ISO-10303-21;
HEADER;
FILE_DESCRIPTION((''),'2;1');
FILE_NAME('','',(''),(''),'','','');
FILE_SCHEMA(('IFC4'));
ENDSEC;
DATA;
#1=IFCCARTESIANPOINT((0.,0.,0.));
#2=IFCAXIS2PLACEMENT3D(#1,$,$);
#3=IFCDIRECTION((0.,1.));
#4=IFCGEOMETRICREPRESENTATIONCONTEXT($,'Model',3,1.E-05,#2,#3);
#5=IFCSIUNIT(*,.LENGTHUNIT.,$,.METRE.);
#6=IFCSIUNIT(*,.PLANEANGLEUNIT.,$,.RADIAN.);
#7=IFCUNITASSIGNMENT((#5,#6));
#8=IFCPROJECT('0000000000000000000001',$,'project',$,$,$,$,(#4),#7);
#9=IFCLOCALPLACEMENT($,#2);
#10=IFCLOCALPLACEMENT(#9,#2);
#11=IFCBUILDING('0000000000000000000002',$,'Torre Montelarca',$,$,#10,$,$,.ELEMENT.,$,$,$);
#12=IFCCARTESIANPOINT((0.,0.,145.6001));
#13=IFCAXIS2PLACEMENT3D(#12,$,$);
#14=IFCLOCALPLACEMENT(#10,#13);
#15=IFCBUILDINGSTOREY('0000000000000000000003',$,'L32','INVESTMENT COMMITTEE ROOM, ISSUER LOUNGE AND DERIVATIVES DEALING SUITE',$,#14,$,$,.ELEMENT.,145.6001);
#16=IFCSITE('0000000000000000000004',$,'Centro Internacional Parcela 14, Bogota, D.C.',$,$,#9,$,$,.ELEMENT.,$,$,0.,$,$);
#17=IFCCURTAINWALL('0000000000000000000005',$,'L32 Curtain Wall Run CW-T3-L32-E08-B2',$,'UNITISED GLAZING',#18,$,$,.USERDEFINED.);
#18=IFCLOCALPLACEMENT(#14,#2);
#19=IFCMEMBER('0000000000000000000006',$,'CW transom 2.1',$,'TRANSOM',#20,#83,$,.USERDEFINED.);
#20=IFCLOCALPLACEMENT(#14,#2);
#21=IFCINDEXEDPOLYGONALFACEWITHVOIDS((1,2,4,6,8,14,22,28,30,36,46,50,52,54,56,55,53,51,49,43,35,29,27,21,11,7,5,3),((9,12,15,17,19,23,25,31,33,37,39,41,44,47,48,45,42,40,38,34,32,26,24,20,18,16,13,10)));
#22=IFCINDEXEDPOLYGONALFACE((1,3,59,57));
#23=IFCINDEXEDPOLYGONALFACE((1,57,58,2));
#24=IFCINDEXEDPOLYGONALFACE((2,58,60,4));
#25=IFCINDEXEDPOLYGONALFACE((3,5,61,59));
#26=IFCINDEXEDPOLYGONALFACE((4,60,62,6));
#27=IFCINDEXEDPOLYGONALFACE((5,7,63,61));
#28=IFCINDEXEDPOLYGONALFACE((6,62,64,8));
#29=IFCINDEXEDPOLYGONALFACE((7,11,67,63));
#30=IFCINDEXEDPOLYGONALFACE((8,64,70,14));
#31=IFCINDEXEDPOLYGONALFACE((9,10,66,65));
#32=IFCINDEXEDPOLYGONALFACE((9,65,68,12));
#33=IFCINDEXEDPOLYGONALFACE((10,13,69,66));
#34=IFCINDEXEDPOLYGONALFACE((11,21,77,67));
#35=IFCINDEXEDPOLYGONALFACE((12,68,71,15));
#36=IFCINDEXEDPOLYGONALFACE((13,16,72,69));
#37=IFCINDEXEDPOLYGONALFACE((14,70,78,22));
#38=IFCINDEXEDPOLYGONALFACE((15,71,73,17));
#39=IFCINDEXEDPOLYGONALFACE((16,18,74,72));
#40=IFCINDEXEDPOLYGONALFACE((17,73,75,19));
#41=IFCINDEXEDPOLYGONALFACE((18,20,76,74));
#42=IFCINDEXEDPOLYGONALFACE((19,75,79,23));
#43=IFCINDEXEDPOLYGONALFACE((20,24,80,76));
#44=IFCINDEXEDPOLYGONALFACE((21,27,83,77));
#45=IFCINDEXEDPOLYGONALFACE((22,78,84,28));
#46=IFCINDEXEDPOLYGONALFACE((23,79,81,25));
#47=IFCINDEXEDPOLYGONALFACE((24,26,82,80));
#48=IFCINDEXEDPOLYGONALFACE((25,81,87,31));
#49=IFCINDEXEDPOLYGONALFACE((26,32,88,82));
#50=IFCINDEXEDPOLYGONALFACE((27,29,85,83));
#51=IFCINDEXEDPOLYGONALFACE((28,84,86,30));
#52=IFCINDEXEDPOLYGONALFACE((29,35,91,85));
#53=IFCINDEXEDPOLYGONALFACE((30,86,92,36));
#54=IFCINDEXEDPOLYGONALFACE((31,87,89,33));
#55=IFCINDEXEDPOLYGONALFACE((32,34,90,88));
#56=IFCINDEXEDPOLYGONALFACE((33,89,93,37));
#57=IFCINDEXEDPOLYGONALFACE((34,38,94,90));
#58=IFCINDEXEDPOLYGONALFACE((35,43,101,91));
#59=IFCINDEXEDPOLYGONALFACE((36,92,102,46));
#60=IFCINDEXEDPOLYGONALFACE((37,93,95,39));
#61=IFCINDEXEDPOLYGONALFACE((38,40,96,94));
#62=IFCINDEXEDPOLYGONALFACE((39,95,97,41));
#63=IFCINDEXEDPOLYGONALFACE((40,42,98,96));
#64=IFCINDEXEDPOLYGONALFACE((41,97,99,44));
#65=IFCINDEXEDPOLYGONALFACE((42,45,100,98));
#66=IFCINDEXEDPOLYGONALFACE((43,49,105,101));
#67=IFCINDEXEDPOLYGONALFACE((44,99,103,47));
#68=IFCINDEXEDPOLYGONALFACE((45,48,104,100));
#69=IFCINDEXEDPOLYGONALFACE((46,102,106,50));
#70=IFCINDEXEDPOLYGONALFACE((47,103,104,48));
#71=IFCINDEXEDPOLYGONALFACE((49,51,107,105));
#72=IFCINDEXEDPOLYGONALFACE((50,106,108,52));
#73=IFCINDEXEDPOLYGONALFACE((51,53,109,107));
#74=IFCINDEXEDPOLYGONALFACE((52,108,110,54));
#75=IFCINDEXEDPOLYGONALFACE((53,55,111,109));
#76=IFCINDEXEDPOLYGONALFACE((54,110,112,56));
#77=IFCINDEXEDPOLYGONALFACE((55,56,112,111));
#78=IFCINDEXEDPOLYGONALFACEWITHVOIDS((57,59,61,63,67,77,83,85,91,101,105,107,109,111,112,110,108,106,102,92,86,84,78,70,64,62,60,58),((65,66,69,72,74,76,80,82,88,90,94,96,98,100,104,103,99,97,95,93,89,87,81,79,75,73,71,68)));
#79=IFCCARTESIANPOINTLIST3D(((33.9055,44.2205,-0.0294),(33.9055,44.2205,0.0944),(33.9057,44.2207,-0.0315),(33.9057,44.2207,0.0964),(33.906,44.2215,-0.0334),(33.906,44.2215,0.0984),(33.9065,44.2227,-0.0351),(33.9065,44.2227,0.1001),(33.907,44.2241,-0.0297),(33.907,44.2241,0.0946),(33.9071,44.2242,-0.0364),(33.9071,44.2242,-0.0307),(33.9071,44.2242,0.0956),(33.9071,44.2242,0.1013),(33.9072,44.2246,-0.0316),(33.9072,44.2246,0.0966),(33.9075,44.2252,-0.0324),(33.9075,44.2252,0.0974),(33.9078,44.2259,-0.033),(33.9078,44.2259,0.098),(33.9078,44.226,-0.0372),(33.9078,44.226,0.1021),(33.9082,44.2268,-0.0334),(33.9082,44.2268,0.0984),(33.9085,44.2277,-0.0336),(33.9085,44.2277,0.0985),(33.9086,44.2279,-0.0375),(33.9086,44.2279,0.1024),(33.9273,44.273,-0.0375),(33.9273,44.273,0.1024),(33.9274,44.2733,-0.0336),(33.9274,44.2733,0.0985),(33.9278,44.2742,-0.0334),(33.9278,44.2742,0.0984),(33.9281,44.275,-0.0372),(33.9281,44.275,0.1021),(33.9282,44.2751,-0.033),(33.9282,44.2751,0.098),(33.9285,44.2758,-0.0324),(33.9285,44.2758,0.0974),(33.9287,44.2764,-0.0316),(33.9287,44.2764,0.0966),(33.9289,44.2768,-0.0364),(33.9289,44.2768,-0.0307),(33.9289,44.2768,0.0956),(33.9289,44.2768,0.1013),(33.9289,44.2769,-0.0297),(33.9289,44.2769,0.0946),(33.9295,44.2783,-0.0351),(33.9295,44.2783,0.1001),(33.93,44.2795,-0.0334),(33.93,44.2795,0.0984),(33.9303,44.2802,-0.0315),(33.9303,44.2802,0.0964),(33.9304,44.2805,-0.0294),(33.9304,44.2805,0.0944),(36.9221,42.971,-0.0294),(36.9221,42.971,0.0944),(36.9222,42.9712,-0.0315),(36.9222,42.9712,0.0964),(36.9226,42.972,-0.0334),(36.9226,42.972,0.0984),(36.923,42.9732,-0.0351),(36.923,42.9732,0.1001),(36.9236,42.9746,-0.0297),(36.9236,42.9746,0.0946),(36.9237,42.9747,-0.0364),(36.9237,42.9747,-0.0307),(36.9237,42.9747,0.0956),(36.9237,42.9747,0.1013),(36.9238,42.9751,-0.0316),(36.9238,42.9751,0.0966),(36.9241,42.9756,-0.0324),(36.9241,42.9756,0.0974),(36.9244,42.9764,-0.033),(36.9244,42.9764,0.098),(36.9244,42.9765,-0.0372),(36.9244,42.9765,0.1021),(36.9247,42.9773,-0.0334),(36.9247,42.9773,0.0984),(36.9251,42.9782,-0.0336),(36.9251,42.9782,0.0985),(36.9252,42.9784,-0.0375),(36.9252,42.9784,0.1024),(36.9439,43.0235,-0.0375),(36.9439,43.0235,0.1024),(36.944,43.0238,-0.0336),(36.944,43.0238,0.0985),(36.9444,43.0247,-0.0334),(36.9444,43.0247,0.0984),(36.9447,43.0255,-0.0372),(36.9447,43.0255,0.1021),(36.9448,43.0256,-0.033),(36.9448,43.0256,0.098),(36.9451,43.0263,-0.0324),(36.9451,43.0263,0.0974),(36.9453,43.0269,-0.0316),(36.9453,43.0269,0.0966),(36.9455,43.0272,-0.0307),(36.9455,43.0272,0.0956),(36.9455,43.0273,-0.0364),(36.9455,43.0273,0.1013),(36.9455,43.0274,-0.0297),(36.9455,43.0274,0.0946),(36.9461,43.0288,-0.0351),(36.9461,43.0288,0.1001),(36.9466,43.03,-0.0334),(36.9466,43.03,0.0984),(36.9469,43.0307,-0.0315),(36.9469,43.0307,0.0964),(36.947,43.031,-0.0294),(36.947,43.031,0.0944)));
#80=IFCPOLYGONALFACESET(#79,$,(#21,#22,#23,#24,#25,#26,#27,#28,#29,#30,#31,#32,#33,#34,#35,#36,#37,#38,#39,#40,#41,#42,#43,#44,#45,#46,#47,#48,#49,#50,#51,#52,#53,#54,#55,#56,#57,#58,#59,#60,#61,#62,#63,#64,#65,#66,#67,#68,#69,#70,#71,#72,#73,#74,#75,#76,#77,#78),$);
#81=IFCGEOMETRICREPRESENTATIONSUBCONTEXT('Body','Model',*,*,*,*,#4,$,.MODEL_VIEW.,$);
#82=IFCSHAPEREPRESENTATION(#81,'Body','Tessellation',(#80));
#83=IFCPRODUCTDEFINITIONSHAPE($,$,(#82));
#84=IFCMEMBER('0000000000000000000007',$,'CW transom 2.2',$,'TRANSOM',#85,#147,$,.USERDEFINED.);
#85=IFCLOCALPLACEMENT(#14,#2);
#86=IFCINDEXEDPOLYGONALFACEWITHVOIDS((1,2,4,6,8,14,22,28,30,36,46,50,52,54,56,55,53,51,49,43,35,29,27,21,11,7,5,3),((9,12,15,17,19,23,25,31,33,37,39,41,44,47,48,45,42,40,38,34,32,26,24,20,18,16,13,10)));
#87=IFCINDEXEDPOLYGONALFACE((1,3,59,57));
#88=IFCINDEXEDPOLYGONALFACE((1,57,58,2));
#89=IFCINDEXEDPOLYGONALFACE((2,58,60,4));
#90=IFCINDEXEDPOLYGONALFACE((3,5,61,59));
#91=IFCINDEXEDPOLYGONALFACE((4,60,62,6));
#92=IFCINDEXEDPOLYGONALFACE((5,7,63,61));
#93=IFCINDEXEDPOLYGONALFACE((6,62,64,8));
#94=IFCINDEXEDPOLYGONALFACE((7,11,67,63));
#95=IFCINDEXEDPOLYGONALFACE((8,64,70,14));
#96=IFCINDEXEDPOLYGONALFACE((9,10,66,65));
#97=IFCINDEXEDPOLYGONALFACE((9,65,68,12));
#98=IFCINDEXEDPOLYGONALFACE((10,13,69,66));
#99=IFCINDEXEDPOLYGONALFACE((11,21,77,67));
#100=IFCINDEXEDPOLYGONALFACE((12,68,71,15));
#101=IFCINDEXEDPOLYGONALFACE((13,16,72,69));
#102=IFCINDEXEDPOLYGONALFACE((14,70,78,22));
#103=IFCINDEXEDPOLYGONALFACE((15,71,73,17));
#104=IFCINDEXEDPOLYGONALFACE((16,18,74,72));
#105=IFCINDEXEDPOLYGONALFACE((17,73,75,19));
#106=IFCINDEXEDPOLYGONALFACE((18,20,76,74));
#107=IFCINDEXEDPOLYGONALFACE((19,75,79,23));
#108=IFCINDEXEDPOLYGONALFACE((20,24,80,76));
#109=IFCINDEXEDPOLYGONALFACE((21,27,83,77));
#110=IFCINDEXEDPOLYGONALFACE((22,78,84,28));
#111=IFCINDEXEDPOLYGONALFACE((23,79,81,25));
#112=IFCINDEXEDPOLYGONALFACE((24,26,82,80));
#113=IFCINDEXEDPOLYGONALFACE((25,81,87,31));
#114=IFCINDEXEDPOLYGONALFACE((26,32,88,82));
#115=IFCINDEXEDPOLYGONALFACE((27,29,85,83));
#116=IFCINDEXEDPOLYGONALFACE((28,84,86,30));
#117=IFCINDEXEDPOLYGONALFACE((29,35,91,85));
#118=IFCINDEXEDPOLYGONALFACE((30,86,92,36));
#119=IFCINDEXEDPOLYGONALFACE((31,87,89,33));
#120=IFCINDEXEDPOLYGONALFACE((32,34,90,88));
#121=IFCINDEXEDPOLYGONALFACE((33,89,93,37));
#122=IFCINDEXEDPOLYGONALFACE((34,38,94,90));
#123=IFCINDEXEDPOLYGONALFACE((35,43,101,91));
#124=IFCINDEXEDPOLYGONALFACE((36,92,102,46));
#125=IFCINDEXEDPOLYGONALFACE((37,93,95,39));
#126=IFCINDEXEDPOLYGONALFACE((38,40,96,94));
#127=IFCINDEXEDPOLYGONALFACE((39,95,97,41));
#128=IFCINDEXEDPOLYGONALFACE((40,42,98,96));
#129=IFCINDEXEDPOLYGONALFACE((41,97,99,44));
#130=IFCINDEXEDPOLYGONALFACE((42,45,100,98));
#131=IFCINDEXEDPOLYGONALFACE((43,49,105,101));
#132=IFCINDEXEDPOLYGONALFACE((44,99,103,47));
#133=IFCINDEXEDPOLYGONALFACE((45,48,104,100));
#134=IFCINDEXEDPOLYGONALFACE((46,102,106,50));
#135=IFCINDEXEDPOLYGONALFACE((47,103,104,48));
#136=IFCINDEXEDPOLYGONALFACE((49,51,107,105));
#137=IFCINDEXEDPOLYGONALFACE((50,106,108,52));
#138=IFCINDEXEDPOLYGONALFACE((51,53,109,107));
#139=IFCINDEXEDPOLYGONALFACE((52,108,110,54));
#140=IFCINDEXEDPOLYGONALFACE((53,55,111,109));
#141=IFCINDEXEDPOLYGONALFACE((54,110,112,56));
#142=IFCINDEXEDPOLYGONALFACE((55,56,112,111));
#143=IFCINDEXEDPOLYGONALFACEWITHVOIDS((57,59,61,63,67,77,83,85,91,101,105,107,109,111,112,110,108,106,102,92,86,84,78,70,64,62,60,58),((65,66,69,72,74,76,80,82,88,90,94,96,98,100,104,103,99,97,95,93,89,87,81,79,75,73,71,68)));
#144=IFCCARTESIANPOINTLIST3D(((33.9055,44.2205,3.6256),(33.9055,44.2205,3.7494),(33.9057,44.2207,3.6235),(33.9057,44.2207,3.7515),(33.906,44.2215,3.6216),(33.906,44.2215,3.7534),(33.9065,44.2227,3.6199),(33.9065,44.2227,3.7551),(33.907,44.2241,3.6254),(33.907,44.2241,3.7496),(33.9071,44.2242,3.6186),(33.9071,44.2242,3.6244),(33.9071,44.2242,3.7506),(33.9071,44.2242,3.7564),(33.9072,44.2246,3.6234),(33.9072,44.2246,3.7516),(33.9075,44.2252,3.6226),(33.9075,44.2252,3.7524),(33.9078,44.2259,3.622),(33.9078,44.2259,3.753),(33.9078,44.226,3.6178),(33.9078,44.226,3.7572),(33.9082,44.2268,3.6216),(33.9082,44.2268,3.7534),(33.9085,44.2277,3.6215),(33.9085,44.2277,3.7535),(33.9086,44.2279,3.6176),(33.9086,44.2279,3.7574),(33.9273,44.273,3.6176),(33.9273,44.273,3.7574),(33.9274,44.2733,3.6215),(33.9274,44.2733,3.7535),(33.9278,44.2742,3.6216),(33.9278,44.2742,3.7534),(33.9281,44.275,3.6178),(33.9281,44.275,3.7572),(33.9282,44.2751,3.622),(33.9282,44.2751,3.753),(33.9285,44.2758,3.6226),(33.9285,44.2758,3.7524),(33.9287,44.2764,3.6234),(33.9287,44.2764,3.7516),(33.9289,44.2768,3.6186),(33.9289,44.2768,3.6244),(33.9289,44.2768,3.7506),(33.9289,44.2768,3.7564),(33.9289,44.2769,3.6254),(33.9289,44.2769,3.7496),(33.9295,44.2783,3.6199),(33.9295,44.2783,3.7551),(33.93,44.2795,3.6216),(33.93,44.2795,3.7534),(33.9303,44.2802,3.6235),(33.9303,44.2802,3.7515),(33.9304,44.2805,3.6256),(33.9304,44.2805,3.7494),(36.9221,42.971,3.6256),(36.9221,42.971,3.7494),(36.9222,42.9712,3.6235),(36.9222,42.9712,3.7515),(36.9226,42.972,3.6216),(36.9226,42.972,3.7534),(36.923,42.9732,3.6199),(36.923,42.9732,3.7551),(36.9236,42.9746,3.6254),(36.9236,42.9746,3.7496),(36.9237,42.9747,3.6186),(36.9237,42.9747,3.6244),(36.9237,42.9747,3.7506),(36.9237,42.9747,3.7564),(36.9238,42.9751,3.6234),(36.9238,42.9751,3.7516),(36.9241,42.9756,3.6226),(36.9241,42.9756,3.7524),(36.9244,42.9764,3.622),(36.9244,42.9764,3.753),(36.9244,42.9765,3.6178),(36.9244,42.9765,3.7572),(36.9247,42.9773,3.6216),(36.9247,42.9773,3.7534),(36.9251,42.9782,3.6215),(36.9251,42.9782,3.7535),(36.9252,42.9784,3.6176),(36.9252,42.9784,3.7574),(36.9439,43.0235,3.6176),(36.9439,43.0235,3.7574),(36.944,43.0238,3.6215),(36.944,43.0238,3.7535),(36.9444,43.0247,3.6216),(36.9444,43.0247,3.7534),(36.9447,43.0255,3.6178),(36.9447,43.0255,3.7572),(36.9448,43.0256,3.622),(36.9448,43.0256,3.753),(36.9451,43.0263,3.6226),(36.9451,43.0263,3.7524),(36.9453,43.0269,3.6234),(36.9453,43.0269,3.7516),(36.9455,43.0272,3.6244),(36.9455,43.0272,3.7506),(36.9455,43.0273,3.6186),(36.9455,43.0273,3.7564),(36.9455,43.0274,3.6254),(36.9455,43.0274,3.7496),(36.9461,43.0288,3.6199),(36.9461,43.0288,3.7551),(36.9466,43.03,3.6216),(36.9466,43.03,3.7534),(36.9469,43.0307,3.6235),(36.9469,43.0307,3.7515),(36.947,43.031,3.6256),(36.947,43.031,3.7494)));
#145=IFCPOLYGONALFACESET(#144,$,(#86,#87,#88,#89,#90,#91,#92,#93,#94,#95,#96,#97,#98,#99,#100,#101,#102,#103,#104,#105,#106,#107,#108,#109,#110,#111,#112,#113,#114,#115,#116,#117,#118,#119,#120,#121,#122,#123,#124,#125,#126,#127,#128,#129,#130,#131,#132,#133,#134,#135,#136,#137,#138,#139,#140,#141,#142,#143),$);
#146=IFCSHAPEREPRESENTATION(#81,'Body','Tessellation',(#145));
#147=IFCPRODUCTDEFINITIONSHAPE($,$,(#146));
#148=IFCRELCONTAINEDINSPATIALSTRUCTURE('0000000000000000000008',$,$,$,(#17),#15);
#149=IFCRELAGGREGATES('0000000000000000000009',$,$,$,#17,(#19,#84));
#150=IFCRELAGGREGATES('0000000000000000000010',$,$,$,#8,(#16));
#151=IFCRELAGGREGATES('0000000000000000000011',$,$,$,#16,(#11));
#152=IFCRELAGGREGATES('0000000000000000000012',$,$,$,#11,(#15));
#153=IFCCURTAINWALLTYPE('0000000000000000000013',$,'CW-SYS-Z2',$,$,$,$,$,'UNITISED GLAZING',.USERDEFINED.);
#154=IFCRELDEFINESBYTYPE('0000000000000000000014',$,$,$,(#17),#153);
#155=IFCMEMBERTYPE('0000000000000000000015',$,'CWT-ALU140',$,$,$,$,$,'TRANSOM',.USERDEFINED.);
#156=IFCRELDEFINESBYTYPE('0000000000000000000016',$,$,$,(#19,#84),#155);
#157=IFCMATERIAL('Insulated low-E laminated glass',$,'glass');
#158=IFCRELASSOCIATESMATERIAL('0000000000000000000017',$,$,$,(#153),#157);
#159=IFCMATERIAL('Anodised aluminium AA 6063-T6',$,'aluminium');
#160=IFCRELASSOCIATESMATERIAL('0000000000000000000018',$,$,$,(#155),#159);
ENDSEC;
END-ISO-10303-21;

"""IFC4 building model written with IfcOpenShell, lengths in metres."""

from ifc_helpers import new_model, si_unit, direction, frame, origin, origin_2d, place, context, subcontext, project, spatial, hollow_rectangle, extrude, source, transform, mapped, material, material_profile, profile_set, type_object, element, aggregate, save


model = new_model("IFC4")

# Units and contexts
model_context = context("Model", 3, precision=1e-05, world=origin(), true_north=direction((0.0, 1.0)))
body_context = subcontext(model_context, "Body", "Model", "MODEL_VIEW")
ifc_project = project(units=[si_unit("LENGTHUNIT", "METRE"), si_unit("PLANEANGLEUNIT", "RADIAN")], contexts=[model_context])

# Site, building, storey
site_placement = place(None, origin())
site = spatial("IfcSite", under=ifc_project, at=site_placement, Name="Centro Internacional Parcela 14, Bogota, D.C.", CompositionType="ELEMENT", RefElevation=0.0)
building_placement = place(site_placement, origin())
building = spatial("IfcBuilding", under=site, at=building_placement, Name="Torre Montelarca", CompositionType="ELEMENT")
storey_placement = place(building_placement, frame((0.0, 0.0, 145.6001)))
storey = spatial("IfcBuildingStorey", under=building, at=storey_placement, Name="L32", Description="INVESTMENT COMMITTEE ROOM, ISSUER LOUNGE AND DERIVATIVES DEALING SUITE", CompositionType="ELEMENT", Elevation=145.6001)

# Curtain wall
ifc_material_1 = material(Name="Insulated low-E laminated glass", Category="glass")
curtain_wall_type = type_object("IfcCurtainWallType", Name="CW-SYS-Z2", ElementType="UNITISED GLAZING", PredefinedType="USERDEFINED", material=ifc_material_1)
curtain_wall_1_placement = place(storey_placement, origin())
curtain_wall_1 = element("IfcCurtainWall", 1, at=curtain_wall_1_placement, inside=storey, type_object=curtain_wall_type, Name="L32 Curtain Wall Run CW-T3-L32-E08-B2", ObjectType="UNITISED GLAZING", PredefinedType="USERDEFINED")
ifc_material_2 = material(Name="Anodised aluminium AA 6063-T6", Category="aluminium")

# Members
ifc_material_profile_1 = material_profile(ifc_material_2, hollow_rectangle(XDim=0.0649, YDim=0.1399, WallThickness=0.0039, InnerFilletRadius=0.0039, OuterFilletRadius=0.0081, at=origin_2d()), Name="ALU65X140X4", Category="aluminium")
ifc_profile_set_1 = profile_set([ifc_material_profile_1], Name="Anodised aluminium AA 6063-T6")
member_type_1 = type_object("IfcMemberType", Name="CWT-ALU140", ElementType="TRANSOM", PredefinedType="USERDEFINED", material=ifc_profile_set_1)
shared_shape_1 = source(origin(), body_context, "Body", "SweptSolid", [
    extrude(hollow_rectangle(XDim=0.0649, YDim=0.1399, WallThickness=0.0039, InnerFilletRadius=0.0039, OuterFilletRadius=0.0081, at=origin_2d()), origin(), (0.0, 0.0, 1.0), 3.2651),
])
member_1_placement = place(storey_placement, frame((36.9346, 43.001, 0.0325), z_axis=(-0.92388, 0.382682, 0.0), x_axis=(-0.382682, -0.92388, 0.0)))
member_1 = element("IfcMember", 2, at=member_1_placement, type_object=member_type_1, Name="CW transom 2.1", ObjectType="TRANSOM", PredefinedType="USERDEFINED", context=body_context, shape_type="MappedRepresentation", body=[
    mapped(shared_shape_1, transform((0.0, 0.0, 0.0), scale=1.0)),
])
member_2_placement = place(storey_placement, frame((36.9346, 43.001, 3.6875), z_axis=(-0.92388, 0.382682, 0.0), x_axis=(-0.382682, -0.92388, 0.0)))
member_2 = element("IfcMember", 3, at=member_2_placement, type_object=member_type_1, Name="CW transom 2.2", ObjectType="TRANSOM", PredefinedType="USERDEFINED", context=body_context, shape_type="MappedRepresentation", body=[
    mapped(shared_shape_1, transform((0.0, 0.0, 0.0), scale=1.0)),
])

aggregate(curtain_wall_1, [member_1, member_2])

save(model, "model.ifc")
